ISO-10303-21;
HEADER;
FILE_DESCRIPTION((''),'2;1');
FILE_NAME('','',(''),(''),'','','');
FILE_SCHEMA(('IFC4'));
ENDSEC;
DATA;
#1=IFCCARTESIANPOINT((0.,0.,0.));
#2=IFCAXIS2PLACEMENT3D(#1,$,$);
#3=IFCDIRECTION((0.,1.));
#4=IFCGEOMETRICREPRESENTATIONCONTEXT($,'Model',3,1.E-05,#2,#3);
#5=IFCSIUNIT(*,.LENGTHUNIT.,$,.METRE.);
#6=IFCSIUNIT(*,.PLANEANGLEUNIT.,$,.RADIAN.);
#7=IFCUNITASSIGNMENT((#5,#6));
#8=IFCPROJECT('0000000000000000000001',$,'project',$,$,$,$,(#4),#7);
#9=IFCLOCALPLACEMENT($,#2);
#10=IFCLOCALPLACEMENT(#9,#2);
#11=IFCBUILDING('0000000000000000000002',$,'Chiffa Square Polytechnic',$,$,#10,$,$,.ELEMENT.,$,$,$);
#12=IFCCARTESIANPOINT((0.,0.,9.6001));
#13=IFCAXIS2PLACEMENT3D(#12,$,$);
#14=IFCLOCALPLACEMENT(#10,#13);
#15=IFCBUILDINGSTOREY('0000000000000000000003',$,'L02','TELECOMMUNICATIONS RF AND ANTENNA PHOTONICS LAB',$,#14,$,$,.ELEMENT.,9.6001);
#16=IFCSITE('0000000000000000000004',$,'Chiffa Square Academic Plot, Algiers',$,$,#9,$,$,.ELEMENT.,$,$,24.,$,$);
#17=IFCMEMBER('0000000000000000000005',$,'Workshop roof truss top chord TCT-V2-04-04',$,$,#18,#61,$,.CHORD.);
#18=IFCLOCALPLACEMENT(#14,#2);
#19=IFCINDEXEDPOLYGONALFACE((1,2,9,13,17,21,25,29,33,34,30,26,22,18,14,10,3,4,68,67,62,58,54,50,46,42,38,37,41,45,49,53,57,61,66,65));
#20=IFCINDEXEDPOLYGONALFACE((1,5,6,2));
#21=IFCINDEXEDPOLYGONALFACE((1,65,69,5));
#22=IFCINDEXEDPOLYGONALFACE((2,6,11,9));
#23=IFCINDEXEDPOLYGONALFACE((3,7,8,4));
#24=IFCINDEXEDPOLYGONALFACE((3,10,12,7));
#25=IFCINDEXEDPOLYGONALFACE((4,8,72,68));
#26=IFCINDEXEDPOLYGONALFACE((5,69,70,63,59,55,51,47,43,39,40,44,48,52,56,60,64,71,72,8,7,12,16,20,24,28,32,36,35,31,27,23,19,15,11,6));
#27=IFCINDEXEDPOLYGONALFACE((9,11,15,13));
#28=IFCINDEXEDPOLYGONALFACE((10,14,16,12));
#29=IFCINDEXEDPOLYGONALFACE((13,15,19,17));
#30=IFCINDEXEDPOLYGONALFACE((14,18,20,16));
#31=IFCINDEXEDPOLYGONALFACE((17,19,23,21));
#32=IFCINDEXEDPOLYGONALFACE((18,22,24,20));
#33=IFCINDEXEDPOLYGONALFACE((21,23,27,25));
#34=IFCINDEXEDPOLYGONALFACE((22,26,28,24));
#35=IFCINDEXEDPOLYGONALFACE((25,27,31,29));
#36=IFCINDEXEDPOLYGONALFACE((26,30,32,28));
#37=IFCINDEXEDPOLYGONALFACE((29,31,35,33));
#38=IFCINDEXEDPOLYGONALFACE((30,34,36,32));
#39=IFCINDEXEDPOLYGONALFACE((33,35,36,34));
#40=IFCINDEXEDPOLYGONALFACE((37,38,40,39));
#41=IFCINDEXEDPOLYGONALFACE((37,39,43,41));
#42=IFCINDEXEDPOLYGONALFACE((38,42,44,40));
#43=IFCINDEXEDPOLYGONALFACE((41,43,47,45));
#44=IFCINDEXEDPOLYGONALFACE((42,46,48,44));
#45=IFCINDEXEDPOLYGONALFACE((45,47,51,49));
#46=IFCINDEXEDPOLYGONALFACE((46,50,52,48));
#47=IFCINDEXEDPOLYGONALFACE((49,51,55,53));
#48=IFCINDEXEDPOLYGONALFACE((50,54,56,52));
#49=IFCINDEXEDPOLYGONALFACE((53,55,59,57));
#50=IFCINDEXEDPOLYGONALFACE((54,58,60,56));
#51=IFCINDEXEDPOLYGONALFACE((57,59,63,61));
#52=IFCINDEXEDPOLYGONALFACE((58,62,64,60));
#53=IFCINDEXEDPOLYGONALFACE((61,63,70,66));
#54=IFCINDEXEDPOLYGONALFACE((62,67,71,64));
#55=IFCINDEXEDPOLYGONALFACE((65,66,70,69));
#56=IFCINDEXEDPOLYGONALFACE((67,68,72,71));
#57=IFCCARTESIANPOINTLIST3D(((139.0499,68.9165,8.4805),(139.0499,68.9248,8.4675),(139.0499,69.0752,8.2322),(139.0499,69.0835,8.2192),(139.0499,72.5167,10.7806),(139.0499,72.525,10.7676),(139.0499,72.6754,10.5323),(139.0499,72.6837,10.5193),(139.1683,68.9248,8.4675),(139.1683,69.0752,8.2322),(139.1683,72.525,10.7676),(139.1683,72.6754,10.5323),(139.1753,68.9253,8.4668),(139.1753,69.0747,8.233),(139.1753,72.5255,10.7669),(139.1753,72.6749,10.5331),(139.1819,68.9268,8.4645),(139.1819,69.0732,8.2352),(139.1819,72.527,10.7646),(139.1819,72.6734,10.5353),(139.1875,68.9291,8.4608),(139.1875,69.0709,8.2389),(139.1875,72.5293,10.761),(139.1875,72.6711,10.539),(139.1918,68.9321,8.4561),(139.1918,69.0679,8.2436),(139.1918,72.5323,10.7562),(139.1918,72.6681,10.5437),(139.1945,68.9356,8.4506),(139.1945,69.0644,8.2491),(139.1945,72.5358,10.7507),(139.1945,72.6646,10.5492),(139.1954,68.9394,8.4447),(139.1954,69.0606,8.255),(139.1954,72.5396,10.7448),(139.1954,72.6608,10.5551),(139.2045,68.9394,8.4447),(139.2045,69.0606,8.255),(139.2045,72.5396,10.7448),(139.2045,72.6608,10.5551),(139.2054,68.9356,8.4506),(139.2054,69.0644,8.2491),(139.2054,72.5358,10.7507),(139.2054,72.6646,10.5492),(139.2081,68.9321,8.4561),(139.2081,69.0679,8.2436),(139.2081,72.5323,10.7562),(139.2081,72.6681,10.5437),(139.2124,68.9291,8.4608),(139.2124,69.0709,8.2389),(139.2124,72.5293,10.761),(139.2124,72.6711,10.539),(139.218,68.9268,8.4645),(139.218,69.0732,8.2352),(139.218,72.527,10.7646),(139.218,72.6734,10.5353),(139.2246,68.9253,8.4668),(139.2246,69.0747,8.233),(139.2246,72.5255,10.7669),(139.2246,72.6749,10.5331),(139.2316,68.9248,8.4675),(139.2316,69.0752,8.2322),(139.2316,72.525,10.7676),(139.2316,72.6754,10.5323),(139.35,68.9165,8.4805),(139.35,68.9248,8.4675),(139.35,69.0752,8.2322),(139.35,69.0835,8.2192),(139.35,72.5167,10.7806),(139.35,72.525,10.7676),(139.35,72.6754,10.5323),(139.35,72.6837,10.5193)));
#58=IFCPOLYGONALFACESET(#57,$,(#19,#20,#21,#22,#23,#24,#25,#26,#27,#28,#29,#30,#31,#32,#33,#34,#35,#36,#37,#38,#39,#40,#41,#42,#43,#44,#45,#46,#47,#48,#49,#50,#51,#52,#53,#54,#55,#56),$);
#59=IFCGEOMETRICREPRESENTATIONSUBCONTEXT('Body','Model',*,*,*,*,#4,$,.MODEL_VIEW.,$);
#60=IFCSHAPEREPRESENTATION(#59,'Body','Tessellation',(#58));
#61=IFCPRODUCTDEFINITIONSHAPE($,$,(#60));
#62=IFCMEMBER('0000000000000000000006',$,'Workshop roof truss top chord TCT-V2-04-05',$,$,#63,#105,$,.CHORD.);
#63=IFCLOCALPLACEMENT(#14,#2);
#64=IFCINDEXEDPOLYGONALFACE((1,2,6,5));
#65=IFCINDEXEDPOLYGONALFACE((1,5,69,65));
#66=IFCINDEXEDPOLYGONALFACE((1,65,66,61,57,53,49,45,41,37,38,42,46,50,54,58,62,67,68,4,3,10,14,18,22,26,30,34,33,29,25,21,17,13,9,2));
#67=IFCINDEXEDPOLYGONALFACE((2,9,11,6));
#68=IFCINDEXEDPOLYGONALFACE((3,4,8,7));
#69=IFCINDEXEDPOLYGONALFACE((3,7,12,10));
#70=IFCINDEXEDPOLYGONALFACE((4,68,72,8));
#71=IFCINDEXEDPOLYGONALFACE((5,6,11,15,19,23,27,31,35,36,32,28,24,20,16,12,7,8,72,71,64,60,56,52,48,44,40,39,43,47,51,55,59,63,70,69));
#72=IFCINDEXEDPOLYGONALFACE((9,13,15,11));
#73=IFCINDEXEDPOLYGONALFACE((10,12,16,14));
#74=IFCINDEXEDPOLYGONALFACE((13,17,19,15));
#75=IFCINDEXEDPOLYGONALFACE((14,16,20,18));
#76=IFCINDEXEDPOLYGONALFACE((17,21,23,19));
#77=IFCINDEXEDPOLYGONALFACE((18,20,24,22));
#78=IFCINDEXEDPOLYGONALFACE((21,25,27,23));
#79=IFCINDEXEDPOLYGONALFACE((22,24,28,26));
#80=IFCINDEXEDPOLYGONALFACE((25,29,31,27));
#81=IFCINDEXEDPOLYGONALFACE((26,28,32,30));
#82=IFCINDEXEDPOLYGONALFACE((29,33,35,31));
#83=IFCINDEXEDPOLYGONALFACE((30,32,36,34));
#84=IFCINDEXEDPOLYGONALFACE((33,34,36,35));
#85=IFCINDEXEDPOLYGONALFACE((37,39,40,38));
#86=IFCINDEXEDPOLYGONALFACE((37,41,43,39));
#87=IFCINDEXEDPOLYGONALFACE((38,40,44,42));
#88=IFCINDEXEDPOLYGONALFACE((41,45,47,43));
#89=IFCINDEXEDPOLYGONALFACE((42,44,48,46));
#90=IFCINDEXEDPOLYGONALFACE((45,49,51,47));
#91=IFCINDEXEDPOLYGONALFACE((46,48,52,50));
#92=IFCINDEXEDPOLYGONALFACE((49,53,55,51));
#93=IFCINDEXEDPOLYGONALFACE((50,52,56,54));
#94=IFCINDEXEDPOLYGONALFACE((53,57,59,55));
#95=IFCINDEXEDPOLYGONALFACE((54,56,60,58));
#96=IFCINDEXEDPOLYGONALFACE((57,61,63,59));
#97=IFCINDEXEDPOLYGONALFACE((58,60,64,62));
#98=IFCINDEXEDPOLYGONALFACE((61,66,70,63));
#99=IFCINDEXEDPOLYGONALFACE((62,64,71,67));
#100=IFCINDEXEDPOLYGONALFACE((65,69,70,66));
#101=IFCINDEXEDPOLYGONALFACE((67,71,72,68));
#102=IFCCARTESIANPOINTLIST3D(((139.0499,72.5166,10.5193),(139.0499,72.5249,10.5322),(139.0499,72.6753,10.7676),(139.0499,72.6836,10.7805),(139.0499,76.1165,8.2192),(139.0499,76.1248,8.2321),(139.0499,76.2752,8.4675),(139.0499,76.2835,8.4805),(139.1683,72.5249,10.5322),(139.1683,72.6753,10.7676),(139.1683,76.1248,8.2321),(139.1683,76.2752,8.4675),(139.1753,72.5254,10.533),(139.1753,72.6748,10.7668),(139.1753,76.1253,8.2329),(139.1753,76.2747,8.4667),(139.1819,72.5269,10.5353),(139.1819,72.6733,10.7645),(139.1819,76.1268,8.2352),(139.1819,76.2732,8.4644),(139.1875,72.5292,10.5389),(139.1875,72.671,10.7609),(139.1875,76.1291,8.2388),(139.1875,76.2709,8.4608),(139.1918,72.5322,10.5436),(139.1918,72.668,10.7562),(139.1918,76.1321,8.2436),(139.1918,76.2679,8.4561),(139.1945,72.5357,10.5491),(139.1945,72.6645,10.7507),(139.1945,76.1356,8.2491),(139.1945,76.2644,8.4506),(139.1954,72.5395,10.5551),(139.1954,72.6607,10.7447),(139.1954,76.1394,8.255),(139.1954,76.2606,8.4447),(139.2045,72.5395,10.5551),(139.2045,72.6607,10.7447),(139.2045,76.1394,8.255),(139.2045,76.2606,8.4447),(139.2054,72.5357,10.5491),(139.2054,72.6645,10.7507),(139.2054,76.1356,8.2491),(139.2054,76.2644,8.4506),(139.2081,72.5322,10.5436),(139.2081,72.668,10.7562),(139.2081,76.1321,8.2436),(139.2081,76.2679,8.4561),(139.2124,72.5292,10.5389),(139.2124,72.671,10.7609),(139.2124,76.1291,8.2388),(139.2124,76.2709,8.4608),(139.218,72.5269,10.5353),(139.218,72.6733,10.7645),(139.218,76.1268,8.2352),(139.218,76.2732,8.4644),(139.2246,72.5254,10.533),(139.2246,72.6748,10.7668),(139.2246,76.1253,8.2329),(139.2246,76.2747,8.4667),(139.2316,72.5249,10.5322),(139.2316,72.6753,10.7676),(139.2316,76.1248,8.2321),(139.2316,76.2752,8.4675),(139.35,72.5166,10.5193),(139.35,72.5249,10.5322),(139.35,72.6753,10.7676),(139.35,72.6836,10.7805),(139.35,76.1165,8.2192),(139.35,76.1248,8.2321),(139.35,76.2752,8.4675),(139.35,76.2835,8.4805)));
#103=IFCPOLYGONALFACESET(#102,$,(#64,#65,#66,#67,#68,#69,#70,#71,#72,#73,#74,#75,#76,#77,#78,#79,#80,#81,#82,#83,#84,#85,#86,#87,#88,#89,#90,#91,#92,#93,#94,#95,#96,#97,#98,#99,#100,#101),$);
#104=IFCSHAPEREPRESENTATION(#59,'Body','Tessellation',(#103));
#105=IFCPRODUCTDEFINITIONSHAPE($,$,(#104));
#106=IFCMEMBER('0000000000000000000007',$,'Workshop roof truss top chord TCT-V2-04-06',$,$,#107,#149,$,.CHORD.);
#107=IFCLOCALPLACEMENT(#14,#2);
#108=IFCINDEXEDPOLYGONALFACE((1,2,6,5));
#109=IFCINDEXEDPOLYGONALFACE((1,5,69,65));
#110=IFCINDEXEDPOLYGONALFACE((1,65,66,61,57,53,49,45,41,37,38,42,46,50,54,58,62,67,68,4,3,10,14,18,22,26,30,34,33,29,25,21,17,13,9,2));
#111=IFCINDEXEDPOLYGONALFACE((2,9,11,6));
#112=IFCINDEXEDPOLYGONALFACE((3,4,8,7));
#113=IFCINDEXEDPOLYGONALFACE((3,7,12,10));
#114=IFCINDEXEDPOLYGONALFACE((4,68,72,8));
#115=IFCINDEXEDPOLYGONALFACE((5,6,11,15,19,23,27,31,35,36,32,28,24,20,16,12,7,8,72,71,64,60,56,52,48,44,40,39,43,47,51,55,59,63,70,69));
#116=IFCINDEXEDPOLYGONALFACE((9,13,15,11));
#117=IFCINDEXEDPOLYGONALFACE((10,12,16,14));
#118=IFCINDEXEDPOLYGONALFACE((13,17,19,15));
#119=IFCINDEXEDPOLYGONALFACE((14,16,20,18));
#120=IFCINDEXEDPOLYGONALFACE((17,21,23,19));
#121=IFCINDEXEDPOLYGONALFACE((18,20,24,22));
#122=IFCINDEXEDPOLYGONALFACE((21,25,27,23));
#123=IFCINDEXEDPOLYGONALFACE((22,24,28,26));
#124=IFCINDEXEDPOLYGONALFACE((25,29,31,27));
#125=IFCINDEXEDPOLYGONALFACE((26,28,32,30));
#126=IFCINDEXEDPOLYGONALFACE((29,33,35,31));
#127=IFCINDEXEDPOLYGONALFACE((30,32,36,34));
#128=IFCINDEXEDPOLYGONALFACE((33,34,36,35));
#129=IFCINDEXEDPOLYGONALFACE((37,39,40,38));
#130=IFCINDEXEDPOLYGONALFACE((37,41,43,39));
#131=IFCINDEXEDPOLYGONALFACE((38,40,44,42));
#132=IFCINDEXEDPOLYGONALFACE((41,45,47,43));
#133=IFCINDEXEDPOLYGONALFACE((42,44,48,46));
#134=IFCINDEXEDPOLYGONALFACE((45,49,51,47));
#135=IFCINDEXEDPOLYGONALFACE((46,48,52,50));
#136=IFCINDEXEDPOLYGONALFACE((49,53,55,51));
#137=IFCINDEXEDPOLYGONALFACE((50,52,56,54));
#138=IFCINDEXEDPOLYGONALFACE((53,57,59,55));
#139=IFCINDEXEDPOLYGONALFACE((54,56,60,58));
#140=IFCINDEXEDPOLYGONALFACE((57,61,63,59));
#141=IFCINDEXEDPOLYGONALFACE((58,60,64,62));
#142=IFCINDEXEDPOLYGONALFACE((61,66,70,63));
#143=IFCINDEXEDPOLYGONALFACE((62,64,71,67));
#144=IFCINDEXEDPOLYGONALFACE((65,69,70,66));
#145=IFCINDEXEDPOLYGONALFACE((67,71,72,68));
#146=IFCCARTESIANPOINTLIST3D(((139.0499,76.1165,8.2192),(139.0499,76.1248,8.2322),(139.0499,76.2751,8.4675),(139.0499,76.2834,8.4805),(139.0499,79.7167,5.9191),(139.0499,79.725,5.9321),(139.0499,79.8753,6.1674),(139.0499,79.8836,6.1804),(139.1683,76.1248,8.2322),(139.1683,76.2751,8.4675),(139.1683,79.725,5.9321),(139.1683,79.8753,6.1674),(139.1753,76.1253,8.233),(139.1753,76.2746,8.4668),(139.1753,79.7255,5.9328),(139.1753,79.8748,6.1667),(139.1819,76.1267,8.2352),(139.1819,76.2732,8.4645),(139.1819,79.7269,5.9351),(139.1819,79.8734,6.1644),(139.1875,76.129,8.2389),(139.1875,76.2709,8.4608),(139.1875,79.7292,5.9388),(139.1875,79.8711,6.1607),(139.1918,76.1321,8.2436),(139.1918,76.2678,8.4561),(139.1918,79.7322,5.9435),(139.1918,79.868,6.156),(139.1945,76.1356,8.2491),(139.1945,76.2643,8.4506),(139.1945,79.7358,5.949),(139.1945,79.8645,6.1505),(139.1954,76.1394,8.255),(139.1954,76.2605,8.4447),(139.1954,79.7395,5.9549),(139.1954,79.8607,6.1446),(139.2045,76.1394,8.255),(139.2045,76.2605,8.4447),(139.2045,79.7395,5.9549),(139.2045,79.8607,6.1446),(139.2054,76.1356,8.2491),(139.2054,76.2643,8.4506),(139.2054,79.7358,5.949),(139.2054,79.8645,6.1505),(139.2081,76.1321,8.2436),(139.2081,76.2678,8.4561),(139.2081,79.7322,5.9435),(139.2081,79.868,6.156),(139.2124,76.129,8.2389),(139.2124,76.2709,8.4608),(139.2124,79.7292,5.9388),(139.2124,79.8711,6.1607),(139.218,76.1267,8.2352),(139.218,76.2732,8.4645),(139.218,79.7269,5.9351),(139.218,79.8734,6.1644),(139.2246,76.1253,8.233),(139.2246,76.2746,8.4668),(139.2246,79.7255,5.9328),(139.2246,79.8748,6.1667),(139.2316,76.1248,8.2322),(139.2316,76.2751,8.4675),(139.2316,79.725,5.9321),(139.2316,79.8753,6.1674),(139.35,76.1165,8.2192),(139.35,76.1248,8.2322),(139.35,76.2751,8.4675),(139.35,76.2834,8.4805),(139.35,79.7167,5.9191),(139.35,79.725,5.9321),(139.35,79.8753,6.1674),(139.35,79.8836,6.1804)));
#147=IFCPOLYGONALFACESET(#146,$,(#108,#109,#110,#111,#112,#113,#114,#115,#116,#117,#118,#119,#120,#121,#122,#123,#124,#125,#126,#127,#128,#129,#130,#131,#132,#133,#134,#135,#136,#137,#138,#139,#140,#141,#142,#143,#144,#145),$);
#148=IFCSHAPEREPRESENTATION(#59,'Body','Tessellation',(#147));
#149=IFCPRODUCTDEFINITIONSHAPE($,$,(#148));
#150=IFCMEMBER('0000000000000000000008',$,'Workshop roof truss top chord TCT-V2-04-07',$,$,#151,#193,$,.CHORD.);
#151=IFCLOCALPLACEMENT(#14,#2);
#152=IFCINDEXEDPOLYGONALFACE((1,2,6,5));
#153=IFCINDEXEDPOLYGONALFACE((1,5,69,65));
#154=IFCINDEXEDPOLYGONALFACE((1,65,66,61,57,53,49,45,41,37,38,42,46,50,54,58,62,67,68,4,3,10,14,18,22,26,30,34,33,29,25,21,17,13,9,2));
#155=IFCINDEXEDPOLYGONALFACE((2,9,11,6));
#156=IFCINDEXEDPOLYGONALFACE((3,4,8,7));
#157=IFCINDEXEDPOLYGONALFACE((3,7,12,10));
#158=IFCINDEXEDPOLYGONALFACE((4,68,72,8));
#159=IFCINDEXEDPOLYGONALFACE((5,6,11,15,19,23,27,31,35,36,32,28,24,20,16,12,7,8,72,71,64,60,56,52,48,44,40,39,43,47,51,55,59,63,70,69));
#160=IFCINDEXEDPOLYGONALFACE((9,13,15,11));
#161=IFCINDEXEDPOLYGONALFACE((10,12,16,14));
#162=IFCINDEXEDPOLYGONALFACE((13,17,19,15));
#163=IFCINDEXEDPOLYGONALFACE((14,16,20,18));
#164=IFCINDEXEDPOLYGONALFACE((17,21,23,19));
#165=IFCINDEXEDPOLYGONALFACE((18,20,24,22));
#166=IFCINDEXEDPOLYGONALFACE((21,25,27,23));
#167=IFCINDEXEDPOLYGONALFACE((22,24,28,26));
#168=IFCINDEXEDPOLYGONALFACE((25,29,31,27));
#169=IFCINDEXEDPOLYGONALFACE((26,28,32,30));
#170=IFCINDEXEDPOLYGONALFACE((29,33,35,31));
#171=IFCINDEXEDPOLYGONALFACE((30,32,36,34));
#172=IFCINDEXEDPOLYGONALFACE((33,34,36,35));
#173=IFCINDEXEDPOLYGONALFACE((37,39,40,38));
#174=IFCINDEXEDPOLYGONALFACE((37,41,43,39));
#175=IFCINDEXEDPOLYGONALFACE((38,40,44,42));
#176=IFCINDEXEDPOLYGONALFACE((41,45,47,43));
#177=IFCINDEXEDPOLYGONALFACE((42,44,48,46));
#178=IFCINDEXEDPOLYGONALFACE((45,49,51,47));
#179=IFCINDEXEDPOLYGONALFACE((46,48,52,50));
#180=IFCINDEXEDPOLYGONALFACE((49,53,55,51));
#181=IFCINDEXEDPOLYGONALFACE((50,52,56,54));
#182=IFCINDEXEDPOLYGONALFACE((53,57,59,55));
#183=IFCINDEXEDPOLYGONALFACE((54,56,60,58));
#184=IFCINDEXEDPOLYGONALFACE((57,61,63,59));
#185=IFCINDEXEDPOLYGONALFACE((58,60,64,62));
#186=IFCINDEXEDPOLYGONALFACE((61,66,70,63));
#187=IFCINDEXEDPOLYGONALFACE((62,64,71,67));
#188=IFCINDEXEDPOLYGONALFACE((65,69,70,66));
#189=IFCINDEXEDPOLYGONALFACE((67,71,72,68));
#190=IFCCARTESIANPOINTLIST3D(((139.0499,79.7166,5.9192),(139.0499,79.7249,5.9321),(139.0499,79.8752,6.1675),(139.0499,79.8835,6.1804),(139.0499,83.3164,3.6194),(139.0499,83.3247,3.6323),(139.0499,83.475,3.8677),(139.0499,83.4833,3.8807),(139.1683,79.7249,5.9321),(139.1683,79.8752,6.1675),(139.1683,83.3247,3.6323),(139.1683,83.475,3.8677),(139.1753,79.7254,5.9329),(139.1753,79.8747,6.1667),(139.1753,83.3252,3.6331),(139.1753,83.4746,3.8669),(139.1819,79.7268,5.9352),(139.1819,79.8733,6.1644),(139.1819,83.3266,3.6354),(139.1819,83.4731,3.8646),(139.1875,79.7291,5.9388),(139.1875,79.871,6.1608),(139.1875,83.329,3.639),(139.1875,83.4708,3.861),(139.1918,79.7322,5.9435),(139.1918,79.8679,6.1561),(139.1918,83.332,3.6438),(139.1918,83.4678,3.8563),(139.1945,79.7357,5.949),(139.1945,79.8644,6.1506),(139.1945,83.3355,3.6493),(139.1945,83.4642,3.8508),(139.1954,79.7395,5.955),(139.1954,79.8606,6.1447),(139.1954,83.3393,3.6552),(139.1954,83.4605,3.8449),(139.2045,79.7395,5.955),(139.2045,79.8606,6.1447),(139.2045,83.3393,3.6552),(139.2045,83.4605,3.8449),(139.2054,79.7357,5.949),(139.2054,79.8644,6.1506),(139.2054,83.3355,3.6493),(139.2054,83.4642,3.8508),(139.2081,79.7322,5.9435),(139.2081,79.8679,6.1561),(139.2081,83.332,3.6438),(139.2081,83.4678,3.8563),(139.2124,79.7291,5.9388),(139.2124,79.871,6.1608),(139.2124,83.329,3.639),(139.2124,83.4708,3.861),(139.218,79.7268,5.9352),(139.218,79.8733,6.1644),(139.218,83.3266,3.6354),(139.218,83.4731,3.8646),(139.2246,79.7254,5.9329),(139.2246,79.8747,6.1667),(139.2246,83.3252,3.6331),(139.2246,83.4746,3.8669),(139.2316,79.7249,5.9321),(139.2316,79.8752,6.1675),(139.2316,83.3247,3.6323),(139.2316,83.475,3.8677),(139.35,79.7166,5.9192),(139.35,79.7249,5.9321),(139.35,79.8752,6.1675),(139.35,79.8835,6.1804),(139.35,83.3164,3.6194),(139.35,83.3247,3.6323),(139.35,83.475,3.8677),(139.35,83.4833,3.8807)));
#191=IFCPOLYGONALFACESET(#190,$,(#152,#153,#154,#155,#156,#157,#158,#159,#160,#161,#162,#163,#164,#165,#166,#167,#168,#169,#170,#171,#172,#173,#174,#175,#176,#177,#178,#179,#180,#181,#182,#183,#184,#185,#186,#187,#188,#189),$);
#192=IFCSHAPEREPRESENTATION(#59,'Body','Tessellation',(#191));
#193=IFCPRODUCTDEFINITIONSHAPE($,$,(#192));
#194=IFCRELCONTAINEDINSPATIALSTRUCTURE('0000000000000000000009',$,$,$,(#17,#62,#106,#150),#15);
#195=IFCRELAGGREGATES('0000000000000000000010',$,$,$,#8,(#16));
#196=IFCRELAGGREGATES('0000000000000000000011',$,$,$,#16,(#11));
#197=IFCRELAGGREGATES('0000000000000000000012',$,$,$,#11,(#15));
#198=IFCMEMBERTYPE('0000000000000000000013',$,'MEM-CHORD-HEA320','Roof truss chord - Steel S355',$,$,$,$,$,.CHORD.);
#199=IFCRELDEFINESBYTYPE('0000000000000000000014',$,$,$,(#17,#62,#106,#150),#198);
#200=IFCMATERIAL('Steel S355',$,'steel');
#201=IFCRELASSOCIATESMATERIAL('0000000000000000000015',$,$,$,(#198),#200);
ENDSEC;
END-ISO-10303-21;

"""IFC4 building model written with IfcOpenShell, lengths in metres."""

from ifc_helpers import new_model, si_unit, direction, frame, origin, origin_2d, place, context, subcontext, project, spatial, i_section, extrude, material, material_profile, profile_set, type_object, element, save


model = new_model("IFC4")

# Units and contexts
model_context = context("Model", 3, precision=1e-05, world=origin(), true_north=direction((0.0, 1.0)))
body_context = subcontext(model_context, "Body", "Model", "MODEL_VIEW")
ifc_project = project(units=[si_unit("LENGTHUNIT", "METRE"), si_unit("PLANEANGLEUNIT", "RADIAN")], contexts=[model_context])

# Site, building, storey
site_placement = place(None, origin())
site = spatial("IfcSite", under=ifc_project, at=site_placement, Name="Chiffa Square Academic Plot, Algiers", CompositionType="ELEMENT", RefElevation=24.0)
building_placement = place(site_placement, origin())
building = spatial("IfcBuilding", under=site, at=building_placement, Name="Chiffa Square Polytechnic", CompositionType="ELEMENT")
storey_placement = place(building_placement, frame((0.0, 0.0, 9.6001)))
storey = spatial("IfcBuildingStorey", under=building, at=storey_placement, Name="L02", Description="TELECOMMUNICATIONS RF AND ANTENNA PHOTONICS LAB", CompositionType="ELEMENT", Elevation=9.6001)

# Members
ifc_material_1 = material(Name="Steel S355", Category="steel")
ifc_material_profile_1 = material_profile(ifc_material_1, i_section(OverallWidth=0.3, OverallDepth=0.3101, WebThickness=0.009, FlangeThickness=0.0154, FilletRadius=0.0271, at=origin_2d()), Name="HEA 320")
ifc_profile_set_1 = profile_set([ifc_material_profile_1], Name="Steel S355")
member_type_1 = type_object("IfcMemberType", Name="MEM-CHORD-HEA320", Description="Roof truss chord - Steel S355", PredefinedType="CHORD", material=ifc_profile_set_1)
member_1_placement = place(storey_placement, frame((139.2, 69.0, 8.3499), z_axis=(0.0, 0.842698, 0.538387), x_axis=(-1.0, 0.0, 0.0)))
element("IfcMember", 1, at=member_1_placement, inside=storey, type_object=member_type_1, Name="Workshop roof truss top chord TCT-V2-04-04", PredefinedType="CHORD", context=body_context, shape_type="SweptSolid", body=[
    extrude(i_section(OverallWidth=0.3, OverallDepth=0.3101, WebThickness=0.009, FlangeThickness=0.0154, FilletRadius=0.0271, at=origin_2d()), origin(), (0.0, 0.0, 1.0), 4.2722),
])
member_2_placement = place(storey_placement, frame((139.2, 72.6001, 10.6499), z_axis=(0.0, 0.842681, -0.538413), x_axis=(-1.0, 0.0, 0.0)))
element("IfcMember", 2, at=member_2_placement, inside=storey, type_object=member_type_1, Name="Workshop roof truss top chord TCT-V2-04-05", PredefinedType="CHORD", context=body_context, shape_type="SweptSolid", body=[
    extrude(i_section(OverallWidth=0.3, OverallDepth=0.3101, WebThickness=0.009, FlangeThickness=0.0154, FilletRadius=0.0271, at=origin_2d()), origin(), (0.0, 0.0, 1.0), 4.272),
])
member_3_placement = place(storey_placement, frame((139.2, 76.2, 8.3499), z_axis=(0.0, 0.842698, -0.538387), x_axis=(-1.0, 0.0, 0.0)))
element("IfcMember", 3, at=member_3_placement, inside=storey, type_object=member_type_1, Name="Workshop roof truss top chord TCT-V2-04-06", PredefinedType="CHORD", context=body_context, shape_type="SweptSolid", body=[
    extrude(i_section(OverallWidth=0.3, OverallDepth=0.3101, WebThickness=0.009, FlangeThickness=0.0154, FilletRadius=0.0271, at=origin_2d()), origin(), (0.0, 0.0, 1.0), 4.2722),
])
member_4_placement = place(storey_placement, frame((139.2, 79.8, 6.0498), z_axis=(0.0, 0.842707, -0.538372), x_axis=(-1.0, 0.0, 0.0)))
element("IfcMember", 4, at=member_4_placement, inside=storey, type_object=member_type_1, Name="Workshop roof truss top chord TCT-V2-04-07", PredefinedType="CHORD", context=body_context, shape_type="SweptSolid", body=[
    extrude(i_section(OverallWidth=0.3, OverallDepth=0.3101, WebThickness=0.009, FlangeThickness=0.0154, FilletRadius=0.0271, at=origin_2d()), origin(), (0.0, 0.0, 1.0), 4.2717),
])

save(model, "model.ifc")
